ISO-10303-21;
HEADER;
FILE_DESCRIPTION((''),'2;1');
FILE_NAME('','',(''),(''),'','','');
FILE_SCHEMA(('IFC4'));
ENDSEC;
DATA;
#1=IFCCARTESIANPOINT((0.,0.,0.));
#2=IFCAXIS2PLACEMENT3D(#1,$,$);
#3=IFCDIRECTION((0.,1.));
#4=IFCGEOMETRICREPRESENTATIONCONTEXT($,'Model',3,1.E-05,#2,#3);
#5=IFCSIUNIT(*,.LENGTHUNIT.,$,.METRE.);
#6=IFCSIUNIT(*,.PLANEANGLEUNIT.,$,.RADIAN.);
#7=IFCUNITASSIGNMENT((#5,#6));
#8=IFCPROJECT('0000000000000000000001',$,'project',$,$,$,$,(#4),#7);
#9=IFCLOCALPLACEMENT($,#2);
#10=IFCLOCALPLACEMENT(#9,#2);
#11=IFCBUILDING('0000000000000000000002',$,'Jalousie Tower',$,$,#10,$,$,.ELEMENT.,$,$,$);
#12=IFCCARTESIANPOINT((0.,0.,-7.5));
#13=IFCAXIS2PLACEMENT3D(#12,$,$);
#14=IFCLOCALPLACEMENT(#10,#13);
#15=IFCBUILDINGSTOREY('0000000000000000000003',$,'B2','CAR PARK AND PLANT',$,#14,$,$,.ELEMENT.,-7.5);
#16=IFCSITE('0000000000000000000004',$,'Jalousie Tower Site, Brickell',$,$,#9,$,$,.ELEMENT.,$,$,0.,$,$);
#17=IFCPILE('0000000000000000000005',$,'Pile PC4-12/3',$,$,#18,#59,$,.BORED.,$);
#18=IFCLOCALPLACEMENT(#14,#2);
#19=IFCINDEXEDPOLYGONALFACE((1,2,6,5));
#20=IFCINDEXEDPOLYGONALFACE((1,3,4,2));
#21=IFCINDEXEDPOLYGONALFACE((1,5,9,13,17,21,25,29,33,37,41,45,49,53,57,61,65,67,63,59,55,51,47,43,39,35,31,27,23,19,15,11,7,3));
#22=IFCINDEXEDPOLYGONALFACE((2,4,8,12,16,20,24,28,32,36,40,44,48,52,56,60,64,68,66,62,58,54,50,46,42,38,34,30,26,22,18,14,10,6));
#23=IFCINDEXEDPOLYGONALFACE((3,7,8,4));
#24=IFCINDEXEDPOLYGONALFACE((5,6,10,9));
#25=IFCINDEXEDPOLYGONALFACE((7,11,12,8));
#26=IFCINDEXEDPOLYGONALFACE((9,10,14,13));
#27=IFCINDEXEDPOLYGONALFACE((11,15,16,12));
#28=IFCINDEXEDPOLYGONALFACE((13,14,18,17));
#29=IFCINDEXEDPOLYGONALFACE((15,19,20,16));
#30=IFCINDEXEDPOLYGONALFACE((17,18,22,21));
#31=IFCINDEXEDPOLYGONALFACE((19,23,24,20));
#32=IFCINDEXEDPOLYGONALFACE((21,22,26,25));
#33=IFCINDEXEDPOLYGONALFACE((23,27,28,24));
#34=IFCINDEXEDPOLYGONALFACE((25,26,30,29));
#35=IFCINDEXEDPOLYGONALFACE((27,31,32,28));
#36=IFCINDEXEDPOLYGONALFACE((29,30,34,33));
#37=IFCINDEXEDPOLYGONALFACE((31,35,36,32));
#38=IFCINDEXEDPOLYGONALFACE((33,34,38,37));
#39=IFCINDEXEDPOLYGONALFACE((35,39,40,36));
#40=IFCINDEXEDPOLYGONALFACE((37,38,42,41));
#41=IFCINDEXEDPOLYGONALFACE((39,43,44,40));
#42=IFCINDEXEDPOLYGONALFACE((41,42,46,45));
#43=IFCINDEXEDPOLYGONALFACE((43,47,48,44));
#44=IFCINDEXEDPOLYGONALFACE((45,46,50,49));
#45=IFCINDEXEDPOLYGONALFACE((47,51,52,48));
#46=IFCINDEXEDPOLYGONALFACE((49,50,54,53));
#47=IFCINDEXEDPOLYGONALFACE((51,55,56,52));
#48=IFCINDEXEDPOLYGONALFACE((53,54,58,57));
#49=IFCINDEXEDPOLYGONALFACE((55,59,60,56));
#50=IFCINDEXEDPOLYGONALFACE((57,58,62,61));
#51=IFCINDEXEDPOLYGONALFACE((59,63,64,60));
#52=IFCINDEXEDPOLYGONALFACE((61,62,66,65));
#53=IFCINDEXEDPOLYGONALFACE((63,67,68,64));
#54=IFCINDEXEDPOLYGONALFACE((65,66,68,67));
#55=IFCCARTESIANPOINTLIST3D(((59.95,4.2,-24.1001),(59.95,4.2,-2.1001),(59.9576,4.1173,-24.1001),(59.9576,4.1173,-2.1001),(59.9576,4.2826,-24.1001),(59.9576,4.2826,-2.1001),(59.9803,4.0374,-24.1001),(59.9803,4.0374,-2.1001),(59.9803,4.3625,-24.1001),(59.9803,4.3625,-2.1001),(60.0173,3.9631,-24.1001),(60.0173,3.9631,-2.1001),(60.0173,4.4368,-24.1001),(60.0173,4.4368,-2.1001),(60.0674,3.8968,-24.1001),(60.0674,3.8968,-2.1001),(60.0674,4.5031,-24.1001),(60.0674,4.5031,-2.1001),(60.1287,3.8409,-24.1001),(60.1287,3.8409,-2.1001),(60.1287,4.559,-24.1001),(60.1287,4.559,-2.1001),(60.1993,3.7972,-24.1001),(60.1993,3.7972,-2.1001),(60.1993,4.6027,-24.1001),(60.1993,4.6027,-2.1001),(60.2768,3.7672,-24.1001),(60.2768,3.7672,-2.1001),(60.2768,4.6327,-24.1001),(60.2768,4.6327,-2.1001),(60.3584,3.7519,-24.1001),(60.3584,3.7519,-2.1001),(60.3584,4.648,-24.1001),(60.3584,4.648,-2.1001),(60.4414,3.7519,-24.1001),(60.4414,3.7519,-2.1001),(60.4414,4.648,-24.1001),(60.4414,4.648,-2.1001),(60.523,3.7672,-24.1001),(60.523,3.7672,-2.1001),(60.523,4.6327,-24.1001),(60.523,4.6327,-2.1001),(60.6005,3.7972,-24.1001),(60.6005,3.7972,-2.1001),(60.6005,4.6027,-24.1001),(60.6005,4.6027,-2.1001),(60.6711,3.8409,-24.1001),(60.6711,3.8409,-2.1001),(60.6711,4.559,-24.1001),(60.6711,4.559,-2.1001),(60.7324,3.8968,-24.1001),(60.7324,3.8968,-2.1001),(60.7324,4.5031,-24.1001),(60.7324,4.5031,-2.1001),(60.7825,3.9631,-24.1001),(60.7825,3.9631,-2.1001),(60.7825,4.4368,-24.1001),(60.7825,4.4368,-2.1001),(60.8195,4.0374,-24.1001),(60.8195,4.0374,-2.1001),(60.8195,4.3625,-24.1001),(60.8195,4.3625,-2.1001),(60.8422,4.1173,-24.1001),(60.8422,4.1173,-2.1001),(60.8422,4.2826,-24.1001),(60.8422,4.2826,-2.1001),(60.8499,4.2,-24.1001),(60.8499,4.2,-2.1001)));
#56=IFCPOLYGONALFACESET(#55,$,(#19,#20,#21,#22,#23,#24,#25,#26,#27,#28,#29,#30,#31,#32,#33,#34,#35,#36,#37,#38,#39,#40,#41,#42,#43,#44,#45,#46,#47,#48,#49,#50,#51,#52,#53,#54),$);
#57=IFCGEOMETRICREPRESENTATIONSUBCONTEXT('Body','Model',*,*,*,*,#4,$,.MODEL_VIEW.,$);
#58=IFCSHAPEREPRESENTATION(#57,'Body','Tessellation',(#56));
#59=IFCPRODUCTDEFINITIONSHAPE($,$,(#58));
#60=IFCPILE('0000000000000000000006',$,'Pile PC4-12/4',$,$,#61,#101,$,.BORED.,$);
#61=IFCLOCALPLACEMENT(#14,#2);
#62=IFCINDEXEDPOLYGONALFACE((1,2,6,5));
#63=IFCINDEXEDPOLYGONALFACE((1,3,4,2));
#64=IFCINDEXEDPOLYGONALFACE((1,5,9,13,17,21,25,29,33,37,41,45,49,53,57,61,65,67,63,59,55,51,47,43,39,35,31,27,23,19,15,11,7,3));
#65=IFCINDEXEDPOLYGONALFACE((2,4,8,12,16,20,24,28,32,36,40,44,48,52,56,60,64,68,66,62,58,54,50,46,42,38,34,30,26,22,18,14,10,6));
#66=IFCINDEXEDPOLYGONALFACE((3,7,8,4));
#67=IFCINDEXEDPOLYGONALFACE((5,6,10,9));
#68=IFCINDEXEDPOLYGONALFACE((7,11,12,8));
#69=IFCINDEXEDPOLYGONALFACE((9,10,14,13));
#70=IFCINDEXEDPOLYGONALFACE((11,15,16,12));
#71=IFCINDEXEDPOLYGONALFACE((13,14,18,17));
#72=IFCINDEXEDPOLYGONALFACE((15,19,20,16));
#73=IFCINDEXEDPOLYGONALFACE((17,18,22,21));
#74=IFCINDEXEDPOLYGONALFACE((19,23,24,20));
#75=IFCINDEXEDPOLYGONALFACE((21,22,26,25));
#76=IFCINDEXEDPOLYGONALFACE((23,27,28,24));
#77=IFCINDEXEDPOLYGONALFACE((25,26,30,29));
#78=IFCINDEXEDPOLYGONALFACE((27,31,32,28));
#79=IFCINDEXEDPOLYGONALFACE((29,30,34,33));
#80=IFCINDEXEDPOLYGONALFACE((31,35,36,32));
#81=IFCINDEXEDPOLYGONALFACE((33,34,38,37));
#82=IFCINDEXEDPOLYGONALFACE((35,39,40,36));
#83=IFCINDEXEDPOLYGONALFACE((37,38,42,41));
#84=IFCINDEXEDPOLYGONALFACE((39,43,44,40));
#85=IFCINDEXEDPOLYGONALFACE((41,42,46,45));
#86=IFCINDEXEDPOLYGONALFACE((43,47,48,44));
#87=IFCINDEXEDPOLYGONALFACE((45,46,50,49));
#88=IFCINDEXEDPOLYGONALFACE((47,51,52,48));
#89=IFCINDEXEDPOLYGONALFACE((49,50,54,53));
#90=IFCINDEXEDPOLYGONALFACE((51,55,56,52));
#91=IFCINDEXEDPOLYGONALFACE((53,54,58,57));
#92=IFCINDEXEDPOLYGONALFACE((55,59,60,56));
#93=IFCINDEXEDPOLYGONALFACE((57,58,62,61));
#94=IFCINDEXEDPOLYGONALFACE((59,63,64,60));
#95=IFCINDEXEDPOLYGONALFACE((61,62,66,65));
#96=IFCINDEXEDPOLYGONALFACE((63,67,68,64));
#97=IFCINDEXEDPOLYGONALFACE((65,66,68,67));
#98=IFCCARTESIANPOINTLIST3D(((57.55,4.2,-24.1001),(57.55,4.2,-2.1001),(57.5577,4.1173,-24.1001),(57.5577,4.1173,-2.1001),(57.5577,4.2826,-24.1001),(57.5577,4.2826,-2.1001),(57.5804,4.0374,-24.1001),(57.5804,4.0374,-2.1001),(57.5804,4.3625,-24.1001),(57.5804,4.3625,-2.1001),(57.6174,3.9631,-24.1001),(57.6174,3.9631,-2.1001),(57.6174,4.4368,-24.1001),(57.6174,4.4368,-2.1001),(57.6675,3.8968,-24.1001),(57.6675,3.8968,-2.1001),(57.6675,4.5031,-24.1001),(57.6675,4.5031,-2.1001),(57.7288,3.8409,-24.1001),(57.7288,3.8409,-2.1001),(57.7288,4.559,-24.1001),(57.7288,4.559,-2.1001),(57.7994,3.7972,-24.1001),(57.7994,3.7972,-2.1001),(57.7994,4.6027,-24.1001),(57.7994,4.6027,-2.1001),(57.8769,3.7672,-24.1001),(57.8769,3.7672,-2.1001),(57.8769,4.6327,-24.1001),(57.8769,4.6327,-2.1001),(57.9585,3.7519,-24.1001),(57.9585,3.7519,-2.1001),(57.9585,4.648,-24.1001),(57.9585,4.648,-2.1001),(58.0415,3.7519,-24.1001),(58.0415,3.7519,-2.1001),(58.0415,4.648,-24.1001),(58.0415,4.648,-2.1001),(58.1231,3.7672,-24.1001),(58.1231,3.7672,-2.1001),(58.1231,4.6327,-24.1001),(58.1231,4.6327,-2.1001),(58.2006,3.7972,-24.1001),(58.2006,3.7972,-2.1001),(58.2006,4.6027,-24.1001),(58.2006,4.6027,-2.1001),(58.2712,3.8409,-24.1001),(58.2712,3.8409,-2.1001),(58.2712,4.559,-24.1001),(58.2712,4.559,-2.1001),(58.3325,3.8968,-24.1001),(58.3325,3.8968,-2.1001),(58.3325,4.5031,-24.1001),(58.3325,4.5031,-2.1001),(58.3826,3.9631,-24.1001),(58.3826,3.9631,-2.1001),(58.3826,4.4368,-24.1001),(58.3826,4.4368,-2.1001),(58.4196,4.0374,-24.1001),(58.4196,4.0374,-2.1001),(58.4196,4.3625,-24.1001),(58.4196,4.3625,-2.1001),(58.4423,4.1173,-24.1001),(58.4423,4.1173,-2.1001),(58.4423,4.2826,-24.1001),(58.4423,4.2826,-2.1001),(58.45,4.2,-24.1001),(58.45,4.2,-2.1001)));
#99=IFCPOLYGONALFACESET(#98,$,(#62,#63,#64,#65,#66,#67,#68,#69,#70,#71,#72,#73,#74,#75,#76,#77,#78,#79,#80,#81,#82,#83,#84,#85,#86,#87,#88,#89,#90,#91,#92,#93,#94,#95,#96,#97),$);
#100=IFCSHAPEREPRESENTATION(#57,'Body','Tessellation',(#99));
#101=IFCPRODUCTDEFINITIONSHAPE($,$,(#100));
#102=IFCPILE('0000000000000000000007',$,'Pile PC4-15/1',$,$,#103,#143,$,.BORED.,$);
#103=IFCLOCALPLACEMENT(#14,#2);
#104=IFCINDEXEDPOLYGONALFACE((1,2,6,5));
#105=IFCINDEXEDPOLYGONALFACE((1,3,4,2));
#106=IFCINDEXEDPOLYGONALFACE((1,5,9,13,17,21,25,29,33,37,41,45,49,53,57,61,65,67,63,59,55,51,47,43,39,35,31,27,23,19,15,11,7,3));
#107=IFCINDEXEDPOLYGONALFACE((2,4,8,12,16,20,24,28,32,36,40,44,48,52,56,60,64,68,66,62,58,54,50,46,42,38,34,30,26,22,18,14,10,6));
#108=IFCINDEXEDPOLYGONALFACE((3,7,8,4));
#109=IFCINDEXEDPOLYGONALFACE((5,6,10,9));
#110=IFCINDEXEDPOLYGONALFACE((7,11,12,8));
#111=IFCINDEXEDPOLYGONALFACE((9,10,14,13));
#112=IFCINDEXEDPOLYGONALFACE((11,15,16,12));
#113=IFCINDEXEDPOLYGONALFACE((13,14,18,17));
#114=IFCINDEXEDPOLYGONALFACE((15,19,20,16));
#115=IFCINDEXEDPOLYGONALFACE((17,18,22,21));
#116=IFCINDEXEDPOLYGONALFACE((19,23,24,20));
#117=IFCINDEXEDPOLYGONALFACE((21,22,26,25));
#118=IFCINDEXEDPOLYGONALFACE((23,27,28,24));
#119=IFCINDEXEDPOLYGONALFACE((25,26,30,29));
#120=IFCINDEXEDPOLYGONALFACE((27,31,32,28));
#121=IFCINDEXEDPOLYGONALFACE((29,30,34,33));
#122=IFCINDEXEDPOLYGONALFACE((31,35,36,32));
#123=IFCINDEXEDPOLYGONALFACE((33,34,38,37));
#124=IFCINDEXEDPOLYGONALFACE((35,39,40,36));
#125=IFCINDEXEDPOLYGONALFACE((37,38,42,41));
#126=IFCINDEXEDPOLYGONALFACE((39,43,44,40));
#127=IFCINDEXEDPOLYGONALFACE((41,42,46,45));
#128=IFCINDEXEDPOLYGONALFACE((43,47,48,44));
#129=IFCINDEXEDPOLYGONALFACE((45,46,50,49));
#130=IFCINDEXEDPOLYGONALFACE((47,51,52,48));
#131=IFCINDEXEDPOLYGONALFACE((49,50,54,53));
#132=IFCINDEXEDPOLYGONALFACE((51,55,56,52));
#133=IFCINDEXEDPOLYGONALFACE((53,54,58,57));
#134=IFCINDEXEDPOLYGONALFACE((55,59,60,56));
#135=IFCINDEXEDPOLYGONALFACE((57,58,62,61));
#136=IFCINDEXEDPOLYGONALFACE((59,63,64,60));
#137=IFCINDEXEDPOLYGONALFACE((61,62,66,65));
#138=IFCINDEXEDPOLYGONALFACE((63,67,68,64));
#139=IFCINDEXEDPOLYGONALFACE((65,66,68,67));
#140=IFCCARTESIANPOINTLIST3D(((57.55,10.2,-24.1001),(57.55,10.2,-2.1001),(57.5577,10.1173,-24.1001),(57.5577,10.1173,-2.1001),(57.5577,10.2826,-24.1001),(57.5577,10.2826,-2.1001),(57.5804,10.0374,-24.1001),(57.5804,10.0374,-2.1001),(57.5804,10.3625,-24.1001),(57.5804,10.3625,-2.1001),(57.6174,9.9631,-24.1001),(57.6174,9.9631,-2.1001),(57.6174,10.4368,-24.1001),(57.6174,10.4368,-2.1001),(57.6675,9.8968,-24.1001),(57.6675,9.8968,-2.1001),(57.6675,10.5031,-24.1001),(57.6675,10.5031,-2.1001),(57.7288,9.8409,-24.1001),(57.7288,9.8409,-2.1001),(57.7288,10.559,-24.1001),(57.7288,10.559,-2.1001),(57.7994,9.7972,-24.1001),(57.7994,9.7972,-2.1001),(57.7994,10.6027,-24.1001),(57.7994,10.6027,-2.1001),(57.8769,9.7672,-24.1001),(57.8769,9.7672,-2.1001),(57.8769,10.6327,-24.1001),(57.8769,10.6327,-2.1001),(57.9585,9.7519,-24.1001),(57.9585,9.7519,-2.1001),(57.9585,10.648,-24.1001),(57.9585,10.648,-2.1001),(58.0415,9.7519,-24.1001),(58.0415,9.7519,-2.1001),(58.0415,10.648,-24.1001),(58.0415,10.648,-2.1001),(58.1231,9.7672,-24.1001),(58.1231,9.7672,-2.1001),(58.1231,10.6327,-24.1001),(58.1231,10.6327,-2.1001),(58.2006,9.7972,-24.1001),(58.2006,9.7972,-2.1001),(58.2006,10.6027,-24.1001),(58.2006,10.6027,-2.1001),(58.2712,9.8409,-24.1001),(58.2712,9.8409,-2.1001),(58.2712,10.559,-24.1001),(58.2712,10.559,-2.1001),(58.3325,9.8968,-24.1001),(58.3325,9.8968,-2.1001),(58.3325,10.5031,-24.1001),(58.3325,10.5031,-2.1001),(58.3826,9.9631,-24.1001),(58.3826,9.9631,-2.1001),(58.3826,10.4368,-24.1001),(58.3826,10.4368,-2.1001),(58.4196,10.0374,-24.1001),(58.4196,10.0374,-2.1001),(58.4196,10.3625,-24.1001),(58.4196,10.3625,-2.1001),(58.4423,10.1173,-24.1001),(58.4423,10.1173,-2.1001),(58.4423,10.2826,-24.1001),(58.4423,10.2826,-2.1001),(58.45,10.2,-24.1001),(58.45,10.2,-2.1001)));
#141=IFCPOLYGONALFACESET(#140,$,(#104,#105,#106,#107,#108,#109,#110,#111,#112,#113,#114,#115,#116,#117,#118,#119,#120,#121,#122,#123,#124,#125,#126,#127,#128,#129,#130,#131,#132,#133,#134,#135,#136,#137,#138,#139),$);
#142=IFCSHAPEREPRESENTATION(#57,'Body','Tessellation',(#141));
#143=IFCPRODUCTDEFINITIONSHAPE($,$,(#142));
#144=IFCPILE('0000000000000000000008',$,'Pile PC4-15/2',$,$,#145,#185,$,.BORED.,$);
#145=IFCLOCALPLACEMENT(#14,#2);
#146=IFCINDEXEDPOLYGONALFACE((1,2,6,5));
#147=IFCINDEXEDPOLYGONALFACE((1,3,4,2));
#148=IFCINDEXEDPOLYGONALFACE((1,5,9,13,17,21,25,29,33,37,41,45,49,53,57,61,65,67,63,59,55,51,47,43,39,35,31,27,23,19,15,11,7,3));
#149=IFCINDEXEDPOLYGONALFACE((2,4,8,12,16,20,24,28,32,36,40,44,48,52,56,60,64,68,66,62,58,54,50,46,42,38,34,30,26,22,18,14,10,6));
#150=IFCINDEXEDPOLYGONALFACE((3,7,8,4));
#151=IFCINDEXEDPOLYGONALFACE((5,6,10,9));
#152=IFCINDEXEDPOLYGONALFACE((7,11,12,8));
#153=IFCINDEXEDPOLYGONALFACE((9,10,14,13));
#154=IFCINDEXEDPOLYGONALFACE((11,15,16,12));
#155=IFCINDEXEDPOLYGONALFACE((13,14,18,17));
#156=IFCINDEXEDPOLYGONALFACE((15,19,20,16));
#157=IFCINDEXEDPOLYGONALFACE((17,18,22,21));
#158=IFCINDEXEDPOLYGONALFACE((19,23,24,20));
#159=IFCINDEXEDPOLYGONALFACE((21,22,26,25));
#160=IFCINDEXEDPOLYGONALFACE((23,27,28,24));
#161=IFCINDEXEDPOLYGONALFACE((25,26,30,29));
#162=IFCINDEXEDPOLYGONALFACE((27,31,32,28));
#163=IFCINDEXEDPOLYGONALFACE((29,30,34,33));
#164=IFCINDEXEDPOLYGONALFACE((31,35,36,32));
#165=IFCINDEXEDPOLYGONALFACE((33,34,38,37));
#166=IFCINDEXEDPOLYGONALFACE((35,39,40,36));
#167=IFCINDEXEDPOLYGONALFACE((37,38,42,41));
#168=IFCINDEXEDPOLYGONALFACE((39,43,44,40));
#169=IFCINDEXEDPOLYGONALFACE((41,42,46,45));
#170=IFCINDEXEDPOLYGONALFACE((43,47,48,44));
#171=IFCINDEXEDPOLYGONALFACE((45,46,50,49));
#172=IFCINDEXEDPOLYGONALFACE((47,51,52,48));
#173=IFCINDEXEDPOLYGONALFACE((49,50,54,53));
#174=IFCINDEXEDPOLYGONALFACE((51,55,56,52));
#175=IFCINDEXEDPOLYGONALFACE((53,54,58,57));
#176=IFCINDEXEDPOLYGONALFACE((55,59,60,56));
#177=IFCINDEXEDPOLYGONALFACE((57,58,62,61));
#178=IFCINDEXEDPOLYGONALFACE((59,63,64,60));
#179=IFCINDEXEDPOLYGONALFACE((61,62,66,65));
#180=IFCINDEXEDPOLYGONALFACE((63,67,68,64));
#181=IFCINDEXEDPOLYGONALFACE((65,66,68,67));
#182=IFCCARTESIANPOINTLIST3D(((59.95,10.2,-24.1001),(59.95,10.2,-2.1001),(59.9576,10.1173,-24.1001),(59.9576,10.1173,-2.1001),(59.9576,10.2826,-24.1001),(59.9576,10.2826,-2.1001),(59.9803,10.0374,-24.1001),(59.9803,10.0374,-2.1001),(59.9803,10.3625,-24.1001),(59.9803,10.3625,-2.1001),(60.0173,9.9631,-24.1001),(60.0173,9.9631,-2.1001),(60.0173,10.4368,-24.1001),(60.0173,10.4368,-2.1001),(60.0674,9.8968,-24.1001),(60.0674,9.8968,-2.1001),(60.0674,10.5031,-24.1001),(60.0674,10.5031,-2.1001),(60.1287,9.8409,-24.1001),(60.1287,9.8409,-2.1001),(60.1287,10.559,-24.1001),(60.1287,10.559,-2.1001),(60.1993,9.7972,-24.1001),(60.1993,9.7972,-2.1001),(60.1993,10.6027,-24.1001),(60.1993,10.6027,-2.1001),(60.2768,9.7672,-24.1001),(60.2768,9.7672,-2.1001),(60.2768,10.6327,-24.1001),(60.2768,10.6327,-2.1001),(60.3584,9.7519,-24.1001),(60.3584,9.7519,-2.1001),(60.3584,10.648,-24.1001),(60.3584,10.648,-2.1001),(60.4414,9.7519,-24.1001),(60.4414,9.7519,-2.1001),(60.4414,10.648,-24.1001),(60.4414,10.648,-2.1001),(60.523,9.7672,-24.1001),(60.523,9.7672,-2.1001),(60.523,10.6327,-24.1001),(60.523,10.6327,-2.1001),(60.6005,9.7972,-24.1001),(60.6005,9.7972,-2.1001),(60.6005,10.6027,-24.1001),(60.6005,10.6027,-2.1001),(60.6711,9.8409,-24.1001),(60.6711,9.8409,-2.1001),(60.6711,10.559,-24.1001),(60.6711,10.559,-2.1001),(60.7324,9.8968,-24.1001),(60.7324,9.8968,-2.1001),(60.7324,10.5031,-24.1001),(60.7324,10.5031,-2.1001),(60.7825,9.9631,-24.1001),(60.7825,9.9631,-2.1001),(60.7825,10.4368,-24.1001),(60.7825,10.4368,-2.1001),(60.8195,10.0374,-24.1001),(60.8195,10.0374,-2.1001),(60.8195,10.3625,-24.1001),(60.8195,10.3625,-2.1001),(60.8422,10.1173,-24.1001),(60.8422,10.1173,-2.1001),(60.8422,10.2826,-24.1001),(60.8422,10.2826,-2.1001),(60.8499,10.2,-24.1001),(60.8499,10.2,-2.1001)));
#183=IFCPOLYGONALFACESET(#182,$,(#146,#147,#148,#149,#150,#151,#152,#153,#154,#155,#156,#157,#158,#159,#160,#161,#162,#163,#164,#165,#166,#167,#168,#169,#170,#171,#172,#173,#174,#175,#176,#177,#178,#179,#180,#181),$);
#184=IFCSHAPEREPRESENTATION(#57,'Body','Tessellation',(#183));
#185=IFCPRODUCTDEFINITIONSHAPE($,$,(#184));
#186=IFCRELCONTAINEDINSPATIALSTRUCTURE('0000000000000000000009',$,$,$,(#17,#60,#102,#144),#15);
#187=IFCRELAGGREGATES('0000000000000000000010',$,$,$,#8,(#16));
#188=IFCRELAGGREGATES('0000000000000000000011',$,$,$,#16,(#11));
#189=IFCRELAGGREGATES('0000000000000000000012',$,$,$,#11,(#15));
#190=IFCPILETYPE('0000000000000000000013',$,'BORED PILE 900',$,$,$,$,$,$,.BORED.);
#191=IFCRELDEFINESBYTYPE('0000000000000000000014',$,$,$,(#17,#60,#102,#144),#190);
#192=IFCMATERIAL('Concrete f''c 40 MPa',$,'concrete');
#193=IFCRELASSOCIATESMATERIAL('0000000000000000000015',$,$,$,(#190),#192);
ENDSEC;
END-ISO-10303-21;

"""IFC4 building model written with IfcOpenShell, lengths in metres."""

from ifc_helpers import new_model, si_unit, direction, frame, origin, origin_2d, place, context, subcontext, project, spatial, circle, extrude, material, material_profile, profile_set, type_object, element, save


model = new_model("IFC4")

# Units and contexts
model_context = context("Model", 3, precision=1e-05, world=origin(), true_north=direction((0.0, 1.0)))
body_context = subcontext(model_context, "Body", "Model", "MODEL_VIEW")
ifc_project = project(units=[si_unit("LENGTHUNIT", "METRE"), si_unit("PLANEANGLEUNIT", "RADIAN")], contexts=[model_context])

# Site, building, storey
site_placement = place(None, origin())
site = spatial("IfcSite", under=ifc_project, at=site_placement, Name="Jalousie Tower Site, Brickell", CompositionType="ELEMENT", RefElevation=0.0)
building_placement = place(site_placement, origin())
building = spatial("IfcBuilding", under=site, at=building_placement, Name="Jalousie Tower", CompositionType="ELEMENT")
storey_placement = place(building_placement, frame((0.0, 0.0, -7.5)))
storey = spatial("IfcBuildingStorey", under=building, at=storey_placement, Name="B2", Description="CAR PARK AND PLANT", CompositionType="ELEMENT", Elevation=-7.5)

# Piles
ifc_material_1 = material(Name="Concrete f'c 40 MPa", Category="concrete")
ifc_material_profile_1 = material_profile(ifc_material_1, circle(Radius=0.45, at=origin_2d()), Name="BORED PILE D900")
ifc_profile_set_1 = profile_set([ifc_material_profile_1], Name="Concrete f'c 40 MPa")
pile_type = type_object("IfcPileType", Name="BORED PILE 900", PredefinedType="BORED", material=ifc_profile_set_1)
for number, where, z_axis, x_axis, name in (
    (1, (60.3999, 4.2, -2.1001), (0.0, 0.0, -1.0), (1.0, 0.0, 0.0), "Pile PC4-12/3"),
    (2, (58.0, 4.2, -2.1001), (0.0, 0.0, -1.0), (1.0, 0.0, 0.0), "Pile PC4-12/4"),
    (3, (58.0, 10.2, -2.1001), (0.0, 0.0, -1.0), (1.0, 0.0, 0.0), "Pile PC4-15/1"),
    (4, (60.3999, 10.2, -2.1001), (0.0, 0.0, -1.0), (1.0, 0.0, 0.0), "Pile PC4-15/2"),
):
    element("IfcPile", number, at=place(storey_placement, frame(where, z_axis=z_axis, x_axis=x_axis)), inside=storey, type_object=pile_type, Name=name, PredefinedType="BORED", context=body_context, shape_type="SweptSolid", body=[
        extrude(circle(Radius=0.45, at=origin_2d()), origin(), (0.0, 0.0, 1.0), 22.0),
    ])

save(model, "model.ifc")
